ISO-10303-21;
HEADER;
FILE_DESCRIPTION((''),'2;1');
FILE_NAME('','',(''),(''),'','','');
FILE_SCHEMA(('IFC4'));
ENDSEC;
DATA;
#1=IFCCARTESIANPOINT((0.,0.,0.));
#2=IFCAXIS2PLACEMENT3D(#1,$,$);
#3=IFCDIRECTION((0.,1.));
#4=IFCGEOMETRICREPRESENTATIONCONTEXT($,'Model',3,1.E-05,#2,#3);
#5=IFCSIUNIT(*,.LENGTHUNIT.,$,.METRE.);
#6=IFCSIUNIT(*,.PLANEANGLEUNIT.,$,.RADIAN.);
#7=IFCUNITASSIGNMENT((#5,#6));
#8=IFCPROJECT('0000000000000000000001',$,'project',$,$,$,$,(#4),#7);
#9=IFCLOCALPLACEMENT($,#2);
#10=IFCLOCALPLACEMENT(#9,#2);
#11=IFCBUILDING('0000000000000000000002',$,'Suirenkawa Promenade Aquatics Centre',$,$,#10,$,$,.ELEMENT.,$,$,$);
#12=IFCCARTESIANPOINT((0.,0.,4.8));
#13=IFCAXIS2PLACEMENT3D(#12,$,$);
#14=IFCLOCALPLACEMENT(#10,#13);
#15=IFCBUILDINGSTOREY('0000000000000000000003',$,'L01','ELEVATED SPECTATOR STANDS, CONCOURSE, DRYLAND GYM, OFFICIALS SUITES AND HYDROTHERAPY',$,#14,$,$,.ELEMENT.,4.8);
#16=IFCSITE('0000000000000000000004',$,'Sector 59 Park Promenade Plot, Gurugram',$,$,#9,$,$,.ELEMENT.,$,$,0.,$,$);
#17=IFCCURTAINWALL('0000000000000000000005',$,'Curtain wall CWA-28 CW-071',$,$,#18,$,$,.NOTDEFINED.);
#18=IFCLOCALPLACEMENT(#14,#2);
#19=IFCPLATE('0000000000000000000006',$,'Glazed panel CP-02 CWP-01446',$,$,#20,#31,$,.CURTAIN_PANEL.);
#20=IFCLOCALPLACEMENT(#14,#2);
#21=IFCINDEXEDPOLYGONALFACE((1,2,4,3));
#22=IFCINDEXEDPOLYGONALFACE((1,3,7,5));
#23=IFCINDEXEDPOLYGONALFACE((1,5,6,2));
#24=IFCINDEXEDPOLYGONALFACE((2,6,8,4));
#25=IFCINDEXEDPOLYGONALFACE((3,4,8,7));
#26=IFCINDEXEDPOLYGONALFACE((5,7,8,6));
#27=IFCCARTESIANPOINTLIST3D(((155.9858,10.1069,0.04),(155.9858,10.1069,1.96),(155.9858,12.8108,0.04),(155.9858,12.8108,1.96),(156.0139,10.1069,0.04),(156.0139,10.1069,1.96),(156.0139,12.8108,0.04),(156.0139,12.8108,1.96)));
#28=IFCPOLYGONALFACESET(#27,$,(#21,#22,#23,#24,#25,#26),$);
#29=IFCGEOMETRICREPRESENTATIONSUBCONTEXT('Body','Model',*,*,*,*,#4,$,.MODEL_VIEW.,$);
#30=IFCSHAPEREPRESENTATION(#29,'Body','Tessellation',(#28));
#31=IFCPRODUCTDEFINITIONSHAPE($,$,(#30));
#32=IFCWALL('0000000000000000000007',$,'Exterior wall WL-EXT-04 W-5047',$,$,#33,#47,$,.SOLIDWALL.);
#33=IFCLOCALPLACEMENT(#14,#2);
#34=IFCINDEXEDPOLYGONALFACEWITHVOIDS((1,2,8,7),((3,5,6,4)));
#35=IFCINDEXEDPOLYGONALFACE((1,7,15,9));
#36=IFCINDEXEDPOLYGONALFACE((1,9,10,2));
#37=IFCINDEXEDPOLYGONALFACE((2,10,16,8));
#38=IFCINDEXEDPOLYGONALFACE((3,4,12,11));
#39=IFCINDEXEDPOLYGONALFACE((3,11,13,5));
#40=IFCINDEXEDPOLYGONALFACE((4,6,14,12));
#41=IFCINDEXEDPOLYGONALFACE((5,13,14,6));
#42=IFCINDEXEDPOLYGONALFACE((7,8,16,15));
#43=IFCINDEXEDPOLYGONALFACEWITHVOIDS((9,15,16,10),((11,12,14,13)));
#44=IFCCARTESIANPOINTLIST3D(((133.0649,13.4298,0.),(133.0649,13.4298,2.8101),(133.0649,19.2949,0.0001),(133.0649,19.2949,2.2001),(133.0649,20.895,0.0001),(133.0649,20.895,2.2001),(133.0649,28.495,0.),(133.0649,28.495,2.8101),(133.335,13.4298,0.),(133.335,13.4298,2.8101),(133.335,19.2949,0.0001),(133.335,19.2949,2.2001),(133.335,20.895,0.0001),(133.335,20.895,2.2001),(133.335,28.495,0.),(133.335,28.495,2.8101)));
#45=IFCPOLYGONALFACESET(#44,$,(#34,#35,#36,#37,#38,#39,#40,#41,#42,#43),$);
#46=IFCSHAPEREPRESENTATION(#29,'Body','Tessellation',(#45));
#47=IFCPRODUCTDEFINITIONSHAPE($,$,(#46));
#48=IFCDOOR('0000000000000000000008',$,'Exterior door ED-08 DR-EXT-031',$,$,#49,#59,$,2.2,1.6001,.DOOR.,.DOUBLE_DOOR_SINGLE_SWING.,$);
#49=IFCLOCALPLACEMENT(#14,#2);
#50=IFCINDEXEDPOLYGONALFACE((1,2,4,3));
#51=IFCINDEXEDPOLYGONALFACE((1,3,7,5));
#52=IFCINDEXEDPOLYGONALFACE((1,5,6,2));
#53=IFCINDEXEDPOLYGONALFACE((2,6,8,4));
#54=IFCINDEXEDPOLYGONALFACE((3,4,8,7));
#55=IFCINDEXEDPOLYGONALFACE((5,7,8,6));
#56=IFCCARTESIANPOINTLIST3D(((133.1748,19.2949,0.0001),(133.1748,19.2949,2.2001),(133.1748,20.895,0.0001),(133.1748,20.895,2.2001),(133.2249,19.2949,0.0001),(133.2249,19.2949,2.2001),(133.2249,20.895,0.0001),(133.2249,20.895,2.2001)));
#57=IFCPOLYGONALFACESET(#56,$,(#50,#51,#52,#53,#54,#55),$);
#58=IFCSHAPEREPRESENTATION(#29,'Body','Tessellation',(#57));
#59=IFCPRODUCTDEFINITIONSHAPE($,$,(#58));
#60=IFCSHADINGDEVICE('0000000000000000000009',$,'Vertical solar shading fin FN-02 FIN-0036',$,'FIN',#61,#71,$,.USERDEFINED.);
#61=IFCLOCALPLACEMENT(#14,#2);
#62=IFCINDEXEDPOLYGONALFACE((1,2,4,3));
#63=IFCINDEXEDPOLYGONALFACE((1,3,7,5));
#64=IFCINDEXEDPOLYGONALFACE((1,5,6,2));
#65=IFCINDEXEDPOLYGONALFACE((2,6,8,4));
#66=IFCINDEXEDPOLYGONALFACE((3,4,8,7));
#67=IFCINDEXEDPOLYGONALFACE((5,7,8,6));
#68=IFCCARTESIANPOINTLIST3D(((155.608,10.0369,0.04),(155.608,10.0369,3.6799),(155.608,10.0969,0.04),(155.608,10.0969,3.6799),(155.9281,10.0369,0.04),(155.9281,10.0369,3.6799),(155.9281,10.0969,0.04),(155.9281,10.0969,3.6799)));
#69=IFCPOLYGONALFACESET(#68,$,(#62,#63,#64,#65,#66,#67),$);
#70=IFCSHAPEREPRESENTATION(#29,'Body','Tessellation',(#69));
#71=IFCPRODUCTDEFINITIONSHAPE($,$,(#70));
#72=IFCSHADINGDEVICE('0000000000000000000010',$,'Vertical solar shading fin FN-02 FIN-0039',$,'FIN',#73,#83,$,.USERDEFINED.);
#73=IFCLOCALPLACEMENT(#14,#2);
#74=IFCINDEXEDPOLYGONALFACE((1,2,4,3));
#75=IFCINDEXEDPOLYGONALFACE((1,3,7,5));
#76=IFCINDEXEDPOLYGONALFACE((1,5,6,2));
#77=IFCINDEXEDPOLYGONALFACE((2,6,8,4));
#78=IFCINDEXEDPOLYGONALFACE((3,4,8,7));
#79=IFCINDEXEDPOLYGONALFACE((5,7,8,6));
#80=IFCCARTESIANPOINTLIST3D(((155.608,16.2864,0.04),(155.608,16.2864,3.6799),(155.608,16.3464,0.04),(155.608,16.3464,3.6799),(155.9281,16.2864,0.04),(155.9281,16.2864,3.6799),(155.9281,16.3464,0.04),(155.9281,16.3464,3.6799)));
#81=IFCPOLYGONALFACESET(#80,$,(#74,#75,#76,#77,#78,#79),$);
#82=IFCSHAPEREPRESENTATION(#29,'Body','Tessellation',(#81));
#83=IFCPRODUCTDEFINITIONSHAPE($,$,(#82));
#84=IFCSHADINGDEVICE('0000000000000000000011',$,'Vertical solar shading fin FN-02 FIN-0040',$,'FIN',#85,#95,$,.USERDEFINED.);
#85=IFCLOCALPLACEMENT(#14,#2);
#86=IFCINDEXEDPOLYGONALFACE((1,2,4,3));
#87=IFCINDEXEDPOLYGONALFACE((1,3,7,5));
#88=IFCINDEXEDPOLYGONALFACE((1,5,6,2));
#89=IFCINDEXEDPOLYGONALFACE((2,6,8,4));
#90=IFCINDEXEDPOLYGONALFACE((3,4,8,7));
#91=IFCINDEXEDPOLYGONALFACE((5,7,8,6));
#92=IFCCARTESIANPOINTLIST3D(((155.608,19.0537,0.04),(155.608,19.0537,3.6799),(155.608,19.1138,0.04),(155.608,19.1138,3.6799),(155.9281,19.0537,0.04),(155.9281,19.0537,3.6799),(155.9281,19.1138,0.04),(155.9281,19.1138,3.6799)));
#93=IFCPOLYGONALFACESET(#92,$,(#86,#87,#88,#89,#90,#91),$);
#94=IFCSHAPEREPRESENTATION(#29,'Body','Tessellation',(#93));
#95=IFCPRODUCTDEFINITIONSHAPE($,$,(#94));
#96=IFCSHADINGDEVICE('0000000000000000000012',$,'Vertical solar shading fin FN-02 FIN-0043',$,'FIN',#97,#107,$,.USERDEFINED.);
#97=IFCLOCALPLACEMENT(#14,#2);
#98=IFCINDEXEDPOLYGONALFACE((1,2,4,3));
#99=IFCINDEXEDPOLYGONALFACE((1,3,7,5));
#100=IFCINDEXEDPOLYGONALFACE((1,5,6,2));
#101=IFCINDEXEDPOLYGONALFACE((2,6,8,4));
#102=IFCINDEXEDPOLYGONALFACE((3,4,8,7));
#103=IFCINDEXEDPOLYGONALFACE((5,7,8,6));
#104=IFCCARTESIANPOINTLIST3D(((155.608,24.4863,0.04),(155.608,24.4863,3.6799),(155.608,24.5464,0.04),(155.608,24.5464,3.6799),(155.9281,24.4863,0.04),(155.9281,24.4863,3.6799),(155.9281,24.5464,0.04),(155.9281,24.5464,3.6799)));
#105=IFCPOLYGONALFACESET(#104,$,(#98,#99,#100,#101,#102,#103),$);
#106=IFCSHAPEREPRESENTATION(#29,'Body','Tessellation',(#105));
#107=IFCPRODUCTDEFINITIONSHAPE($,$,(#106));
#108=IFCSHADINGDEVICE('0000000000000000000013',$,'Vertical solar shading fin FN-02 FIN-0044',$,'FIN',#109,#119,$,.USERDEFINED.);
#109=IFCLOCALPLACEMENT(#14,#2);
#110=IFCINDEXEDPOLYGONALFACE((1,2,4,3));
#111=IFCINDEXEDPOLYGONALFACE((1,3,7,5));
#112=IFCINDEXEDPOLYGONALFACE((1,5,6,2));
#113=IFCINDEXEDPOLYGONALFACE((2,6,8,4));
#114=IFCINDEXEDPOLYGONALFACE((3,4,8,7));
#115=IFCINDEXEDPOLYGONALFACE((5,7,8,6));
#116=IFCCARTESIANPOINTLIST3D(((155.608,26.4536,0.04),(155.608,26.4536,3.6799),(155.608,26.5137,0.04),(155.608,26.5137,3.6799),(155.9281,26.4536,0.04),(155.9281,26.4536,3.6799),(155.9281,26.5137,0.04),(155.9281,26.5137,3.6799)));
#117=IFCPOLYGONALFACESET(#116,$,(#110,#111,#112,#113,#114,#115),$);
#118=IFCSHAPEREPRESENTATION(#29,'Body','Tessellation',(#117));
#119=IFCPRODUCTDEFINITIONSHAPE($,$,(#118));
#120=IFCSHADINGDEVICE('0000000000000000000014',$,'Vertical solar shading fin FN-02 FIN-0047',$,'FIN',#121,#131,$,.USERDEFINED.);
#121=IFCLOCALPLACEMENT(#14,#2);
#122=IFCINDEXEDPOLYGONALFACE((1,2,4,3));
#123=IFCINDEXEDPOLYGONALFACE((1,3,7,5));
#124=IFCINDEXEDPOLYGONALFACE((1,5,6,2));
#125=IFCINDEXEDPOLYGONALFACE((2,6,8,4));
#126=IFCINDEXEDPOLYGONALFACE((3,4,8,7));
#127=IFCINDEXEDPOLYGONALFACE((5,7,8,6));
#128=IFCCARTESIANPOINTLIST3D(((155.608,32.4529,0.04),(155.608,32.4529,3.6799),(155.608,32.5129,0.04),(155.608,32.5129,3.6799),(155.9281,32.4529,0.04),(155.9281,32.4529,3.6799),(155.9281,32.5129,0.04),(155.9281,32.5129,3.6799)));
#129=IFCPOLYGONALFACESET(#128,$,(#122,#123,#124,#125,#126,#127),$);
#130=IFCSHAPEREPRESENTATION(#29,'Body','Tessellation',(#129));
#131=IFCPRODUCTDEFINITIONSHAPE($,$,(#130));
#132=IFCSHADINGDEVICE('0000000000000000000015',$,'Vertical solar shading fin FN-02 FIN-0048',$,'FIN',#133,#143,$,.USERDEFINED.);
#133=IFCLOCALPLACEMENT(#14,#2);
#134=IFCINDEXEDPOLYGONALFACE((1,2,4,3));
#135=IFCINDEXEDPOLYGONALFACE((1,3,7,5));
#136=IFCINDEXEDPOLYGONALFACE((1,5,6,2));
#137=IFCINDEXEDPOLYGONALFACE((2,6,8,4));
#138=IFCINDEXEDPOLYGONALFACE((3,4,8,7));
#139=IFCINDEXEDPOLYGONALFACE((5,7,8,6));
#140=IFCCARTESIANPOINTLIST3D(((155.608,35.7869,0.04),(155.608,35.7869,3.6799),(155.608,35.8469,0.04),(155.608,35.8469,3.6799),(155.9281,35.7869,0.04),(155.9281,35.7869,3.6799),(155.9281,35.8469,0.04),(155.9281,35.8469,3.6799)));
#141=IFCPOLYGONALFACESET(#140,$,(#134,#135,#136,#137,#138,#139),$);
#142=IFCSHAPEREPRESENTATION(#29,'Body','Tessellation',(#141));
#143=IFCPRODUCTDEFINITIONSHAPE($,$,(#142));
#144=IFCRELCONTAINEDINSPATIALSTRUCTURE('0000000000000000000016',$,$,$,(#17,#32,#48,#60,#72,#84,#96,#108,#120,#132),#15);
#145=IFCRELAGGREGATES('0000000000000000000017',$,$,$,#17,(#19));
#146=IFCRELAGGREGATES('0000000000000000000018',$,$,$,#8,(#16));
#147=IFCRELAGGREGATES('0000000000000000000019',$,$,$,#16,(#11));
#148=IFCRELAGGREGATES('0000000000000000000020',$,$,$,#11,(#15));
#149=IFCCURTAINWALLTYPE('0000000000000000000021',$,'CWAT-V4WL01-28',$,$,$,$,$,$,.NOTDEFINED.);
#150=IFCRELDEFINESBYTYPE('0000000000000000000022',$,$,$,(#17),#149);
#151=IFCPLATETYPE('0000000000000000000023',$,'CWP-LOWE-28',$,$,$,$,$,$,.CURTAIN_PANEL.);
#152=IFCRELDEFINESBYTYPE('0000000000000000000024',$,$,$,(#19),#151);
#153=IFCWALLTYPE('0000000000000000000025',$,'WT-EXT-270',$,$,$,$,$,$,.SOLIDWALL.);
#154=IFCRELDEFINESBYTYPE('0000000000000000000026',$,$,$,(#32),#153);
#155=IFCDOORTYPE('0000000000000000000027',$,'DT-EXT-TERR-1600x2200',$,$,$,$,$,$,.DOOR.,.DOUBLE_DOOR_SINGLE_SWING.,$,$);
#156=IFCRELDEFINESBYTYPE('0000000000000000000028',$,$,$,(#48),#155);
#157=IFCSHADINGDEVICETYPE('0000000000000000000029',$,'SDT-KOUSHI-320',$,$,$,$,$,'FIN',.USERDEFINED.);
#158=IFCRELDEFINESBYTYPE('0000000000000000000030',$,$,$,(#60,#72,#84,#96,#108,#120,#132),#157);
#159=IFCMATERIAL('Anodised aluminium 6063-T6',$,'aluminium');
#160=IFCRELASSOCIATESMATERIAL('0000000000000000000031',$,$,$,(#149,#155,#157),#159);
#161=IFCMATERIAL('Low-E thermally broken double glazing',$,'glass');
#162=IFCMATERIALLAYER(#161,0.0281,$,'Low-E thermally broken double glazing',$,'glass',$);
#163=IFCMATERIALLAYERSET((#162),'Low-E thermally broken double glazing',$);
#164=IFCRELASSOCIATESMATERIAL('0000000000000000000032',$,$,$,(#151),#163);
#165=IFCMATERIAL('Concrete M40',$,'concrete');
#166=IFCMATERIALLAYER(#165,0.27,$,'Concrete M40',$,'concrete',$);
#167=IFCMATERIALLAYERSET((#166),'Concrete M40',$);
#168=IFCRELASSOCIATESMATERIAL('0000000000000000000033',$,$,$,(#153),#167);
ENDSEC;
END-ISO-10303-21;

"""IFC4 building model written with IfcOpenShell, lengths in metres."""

from ifc_helpers import new_model, si_unit, direction, frame, frame_2d, origin, origin_2d, place, context, subcontext, project, spatial, polyline, rectangle, outline, extrude, material, layer, layer_set, type_object, element, fill, aggregate, save


model = new_model("IFC4")

# Units and contexts
model_context = context("Model", 3, precision=1e-05, world=origin(), true_north=direction((0.0, 1.0)))
body_context = subcontext(model_context, "Body", "Model", "MODEL_VIEW")
ifc_project = project(units=[si_unit("LENGTHUNIT", "METRE"), si_unit("PLANEANGLEUNIT", "RADIAN")], contexts=[model_context])

# Site, building, storey
site_placement = place(None, origin())
site = spatial("IfcSite", under=ifc_project, at=site_placement, Name="Sector 59 Park Promenade Plot, Gurugram", CompositionType="ELEMENT", RefElevation=0.0)
building_placement = place(site_placement, origin())
building = spatial("IfcBuilding", under=site, at=building_placement, Name="Suirenkawa Promenade Aquatics Centre", CompositionType="ELEMENT")
storey_placement = place(building_placement, frame((0.0, 0.0, 4.8)))
storey = spatial("IfcBuildingStorey", under=building, at=storey_placement, Name="L01", Description="ELEVATED SPECTATOR STANDS, CONCOURSE, DRYLAND GYM, OFFICIALS SUITES AND HYDROTHERAPY", CompositionType="ELEMENT", Elevation=4.8)

# Shared definitions
ifc_material_1 = material(Name="Concrete M40", Category="concrete")

# Curtain wall
ifc_material_2 = material(Name="Anodised aluminium 6063-T6", Category="aluminium")
curtain_wall_type_1 = type_object("IfcCurtainWallType", Name="CWAT-V4WL01-28", PredefinedType="NOTDEFINED", material=ifc_material_2)
curtain_wall_1_placement = place(storey_placement, origin())
curtain_wall_1 = element("IfcCurtainWall", 1, at=curtain_wall_1_placement, inside=storey, type_object=curtain_wall_type_1, Name="Curtain wall CWA-28 CW-071", PredefinedType="NOTDEFINED")

# Plate
ifc_material_3 = material(Name="Low-E thermally broken double glazing", Category="glass")
ifc_layer_1 = layer(ifc_material_3, 0.0281, Name="Low-E thermally broken double glazing", Category="glass")
ifc_layer_set_1 = layer_set([ifc_layer_1], Name="Low-E thermally broken double glazing")
plate_type_1 = type_object("IfcPlateType", Name="CWP-LOWE-28", PredefinedType="CURTAIN_PANEL", material=ifc_layer_set_1)
plate_1_placement = place(storey_placement, frame((156.0, 10.0669, 0.04), z_axis=(0.0, 0.0, 1.0), x_axis=(0.0, 1.0, 0.0)))
plate_1 = element("IfcPlate", 2, at=plate_1_placement, type_object=plate_type_1, Name="Glazed panel CP-02 CWP-01446", PredefinedType="CURTAIN_PANEL", context=body_context, shape_type="SweptSolid", body=[
    extrude(outline(polyline([(0.04, 0.0), (2.7439, 0.0), (2.7439, 1.9199), (0.04, 1.9199), (0.04, 0.0)])), frame((0.0, 0.0142, 0.0), z_axis=(0.0, -1.0, 0.0), x_axis=(1.0, 0.0, 0.0)), (0.0, 0.0, 1.0), 0.0281),
])
aggregate(curtain_wall_1, [plate_1])

# Wall, opening, door
ifc_layer_2 = layer(ifc_material_1, 0.27, Name="Concrete M40", Category="concrete")
ifc_layer_set_2 = layer_set([ifc_layer_2], Name="Concrete M40")
wall_type = type_object("IfcWallType", Name="WT-EXT-270", PredefinedType="SOLIDWALL", material=ifc_layer_set_2)
wall_placement = place(storey_placement, frame((133.2, 28.4951, 0.0), z_axis=(0.0, 0.0, 1.0), x_axis=(0.0, -1.0, 0.0)))
wall = element("IfcWall", 3, at=wall_placement, inside=storey, type_object=wall_type, Name="Exterior wall WL-EXT-04 W-5047", PredefinedType="SOLIDWALL", context=body_context, shape_type="SweptSolid", body=[
    extrude(rectangle(XDim=15.0652, YDim=0.27, at=frame_2d((7.5327, 0.0))), origin(), (0.0, 0.0, 1.0), 2.8101),
])
opening_placement = place(wall_placement, frame((7.6001, 0.0, 0.0)))
opening = element("IfcOpeningElement", 4, at=opening_placement, cuts=wall, PredefinedType="OPENING", context=body_context, shape_type="SweptSolid", body=[
    extrude(rectangle(XDim=1.6001, YDim=2.2, at=frame_2d((0.8, 1.1001))), frame((0.0, 0.145, 0.0), z_axis=(0.0, -1.0, 0.0), x_axis=(1.0, 0.0, 0.0)), (0.0, 0.0, 1.0), 0.29),
])
door_type = type_object("IfcDoorType", Name="DT-EXT-TERR-1600x2200", OperationType="DOUBLE_DOOR_SINGLE_SWING", PredefinedType="DOOR", material=ifc_material_2)
door_placement = place(opening_placement, origin())
door = element("IfcDoor", 5, at=door_placement, inside=storey, type_object=door_type, Name="Exterior door ED-08 DR-EXT-031", OperationType="DOUBLE_DOOR_SINGLE_SWING", OverallHeight=2.2, OverallWidth=1.6001, PredefinedType="DOOR", context=body_context, shape_type="SweptSolid", body=[
    extrude(rectangle(XDim=1.6001, YDim=2.2, at=frame_2d((0.8, 1.1001))), frame((0.0, 0.0249, 0.0), z_axis=(0.0, -1.0, 0.0), x_axis=(1.0, 0.0, 0.0)), (0.0, 0.0, 1.0), 0.05),
])
fill(opening, door)

# Shading devices
shading_device_type = type_object("IfcShadingDeviceType", Name="SDT-KOUSHI-320", ElementType="FIN", PredefinedType="USERDEFINED", material=ifc_material_2)
for number, where, z_axis, x_axis, name in (
    (6, (155.7681, 10.0669, 0.04), (0.0, 0.0, 1.0), (-1.0, 0.0, 0.0), "Vertical solar shading fin FN-02 FIN-0036"),
    (7, (155.7681, 16.3164, 0.04), (0.0, 0.0, 1.0), (-1.0, 0.0, 0.0), "Vertical solar shading fin FN-02 FIN-0039"),
    (8, (155.7681, 19.0837, 0.04), (0.0, 0.0, 1.0), (-1.0, 0.0, 0.0), "Vertical solar shading fin FN-02 FIN-0040"),
    (9, (155.7681, 24.5164, 0.04), (0.0, 0.0, 1.0), (-1.0, 0.0, 0.0), "Vertical solar shading fin FN-02 FIN-0043"),
    (10, (155.7681, 26.4836, 0.04), (0.0, 0.0, 1.0), (-1.0, 0.0, 0.0), "Vertical solar shading fin FN-02 FIN-0044"),
    (11, (155.7681, 32.4829, 0.04), (0.0, 0.0, 1.0), (-1.0, 0.0, 0.0), "Vertical solar shading fin FN-02 FIN-0047"),
    (12, (155.7681, 35.8169, 0.04), (0.0, 0.0, 1.0), (-1.0, 0.0, 0.0), "Vertical solar shading fin FN-02 FIN-0048"),
):
    element("IfcShadingDevice", number, at=place(storey_placement, frame(where, z_axis=z_axis, x_axis=x_axis)), inside=storey, type_object=shading_device_type, Name=name, ObjectType="FIN", PredefinedType="USERDEFINED", context=body_context, shape_type="SweptSolid", body=[
        extrude(rectangle(XDim=0.3201, YDim=0.0601, at=origin_2d()), origin(), (0.0, 0.0, 1.0), 3.6399),
    ])

save(model, "model.ifc")
